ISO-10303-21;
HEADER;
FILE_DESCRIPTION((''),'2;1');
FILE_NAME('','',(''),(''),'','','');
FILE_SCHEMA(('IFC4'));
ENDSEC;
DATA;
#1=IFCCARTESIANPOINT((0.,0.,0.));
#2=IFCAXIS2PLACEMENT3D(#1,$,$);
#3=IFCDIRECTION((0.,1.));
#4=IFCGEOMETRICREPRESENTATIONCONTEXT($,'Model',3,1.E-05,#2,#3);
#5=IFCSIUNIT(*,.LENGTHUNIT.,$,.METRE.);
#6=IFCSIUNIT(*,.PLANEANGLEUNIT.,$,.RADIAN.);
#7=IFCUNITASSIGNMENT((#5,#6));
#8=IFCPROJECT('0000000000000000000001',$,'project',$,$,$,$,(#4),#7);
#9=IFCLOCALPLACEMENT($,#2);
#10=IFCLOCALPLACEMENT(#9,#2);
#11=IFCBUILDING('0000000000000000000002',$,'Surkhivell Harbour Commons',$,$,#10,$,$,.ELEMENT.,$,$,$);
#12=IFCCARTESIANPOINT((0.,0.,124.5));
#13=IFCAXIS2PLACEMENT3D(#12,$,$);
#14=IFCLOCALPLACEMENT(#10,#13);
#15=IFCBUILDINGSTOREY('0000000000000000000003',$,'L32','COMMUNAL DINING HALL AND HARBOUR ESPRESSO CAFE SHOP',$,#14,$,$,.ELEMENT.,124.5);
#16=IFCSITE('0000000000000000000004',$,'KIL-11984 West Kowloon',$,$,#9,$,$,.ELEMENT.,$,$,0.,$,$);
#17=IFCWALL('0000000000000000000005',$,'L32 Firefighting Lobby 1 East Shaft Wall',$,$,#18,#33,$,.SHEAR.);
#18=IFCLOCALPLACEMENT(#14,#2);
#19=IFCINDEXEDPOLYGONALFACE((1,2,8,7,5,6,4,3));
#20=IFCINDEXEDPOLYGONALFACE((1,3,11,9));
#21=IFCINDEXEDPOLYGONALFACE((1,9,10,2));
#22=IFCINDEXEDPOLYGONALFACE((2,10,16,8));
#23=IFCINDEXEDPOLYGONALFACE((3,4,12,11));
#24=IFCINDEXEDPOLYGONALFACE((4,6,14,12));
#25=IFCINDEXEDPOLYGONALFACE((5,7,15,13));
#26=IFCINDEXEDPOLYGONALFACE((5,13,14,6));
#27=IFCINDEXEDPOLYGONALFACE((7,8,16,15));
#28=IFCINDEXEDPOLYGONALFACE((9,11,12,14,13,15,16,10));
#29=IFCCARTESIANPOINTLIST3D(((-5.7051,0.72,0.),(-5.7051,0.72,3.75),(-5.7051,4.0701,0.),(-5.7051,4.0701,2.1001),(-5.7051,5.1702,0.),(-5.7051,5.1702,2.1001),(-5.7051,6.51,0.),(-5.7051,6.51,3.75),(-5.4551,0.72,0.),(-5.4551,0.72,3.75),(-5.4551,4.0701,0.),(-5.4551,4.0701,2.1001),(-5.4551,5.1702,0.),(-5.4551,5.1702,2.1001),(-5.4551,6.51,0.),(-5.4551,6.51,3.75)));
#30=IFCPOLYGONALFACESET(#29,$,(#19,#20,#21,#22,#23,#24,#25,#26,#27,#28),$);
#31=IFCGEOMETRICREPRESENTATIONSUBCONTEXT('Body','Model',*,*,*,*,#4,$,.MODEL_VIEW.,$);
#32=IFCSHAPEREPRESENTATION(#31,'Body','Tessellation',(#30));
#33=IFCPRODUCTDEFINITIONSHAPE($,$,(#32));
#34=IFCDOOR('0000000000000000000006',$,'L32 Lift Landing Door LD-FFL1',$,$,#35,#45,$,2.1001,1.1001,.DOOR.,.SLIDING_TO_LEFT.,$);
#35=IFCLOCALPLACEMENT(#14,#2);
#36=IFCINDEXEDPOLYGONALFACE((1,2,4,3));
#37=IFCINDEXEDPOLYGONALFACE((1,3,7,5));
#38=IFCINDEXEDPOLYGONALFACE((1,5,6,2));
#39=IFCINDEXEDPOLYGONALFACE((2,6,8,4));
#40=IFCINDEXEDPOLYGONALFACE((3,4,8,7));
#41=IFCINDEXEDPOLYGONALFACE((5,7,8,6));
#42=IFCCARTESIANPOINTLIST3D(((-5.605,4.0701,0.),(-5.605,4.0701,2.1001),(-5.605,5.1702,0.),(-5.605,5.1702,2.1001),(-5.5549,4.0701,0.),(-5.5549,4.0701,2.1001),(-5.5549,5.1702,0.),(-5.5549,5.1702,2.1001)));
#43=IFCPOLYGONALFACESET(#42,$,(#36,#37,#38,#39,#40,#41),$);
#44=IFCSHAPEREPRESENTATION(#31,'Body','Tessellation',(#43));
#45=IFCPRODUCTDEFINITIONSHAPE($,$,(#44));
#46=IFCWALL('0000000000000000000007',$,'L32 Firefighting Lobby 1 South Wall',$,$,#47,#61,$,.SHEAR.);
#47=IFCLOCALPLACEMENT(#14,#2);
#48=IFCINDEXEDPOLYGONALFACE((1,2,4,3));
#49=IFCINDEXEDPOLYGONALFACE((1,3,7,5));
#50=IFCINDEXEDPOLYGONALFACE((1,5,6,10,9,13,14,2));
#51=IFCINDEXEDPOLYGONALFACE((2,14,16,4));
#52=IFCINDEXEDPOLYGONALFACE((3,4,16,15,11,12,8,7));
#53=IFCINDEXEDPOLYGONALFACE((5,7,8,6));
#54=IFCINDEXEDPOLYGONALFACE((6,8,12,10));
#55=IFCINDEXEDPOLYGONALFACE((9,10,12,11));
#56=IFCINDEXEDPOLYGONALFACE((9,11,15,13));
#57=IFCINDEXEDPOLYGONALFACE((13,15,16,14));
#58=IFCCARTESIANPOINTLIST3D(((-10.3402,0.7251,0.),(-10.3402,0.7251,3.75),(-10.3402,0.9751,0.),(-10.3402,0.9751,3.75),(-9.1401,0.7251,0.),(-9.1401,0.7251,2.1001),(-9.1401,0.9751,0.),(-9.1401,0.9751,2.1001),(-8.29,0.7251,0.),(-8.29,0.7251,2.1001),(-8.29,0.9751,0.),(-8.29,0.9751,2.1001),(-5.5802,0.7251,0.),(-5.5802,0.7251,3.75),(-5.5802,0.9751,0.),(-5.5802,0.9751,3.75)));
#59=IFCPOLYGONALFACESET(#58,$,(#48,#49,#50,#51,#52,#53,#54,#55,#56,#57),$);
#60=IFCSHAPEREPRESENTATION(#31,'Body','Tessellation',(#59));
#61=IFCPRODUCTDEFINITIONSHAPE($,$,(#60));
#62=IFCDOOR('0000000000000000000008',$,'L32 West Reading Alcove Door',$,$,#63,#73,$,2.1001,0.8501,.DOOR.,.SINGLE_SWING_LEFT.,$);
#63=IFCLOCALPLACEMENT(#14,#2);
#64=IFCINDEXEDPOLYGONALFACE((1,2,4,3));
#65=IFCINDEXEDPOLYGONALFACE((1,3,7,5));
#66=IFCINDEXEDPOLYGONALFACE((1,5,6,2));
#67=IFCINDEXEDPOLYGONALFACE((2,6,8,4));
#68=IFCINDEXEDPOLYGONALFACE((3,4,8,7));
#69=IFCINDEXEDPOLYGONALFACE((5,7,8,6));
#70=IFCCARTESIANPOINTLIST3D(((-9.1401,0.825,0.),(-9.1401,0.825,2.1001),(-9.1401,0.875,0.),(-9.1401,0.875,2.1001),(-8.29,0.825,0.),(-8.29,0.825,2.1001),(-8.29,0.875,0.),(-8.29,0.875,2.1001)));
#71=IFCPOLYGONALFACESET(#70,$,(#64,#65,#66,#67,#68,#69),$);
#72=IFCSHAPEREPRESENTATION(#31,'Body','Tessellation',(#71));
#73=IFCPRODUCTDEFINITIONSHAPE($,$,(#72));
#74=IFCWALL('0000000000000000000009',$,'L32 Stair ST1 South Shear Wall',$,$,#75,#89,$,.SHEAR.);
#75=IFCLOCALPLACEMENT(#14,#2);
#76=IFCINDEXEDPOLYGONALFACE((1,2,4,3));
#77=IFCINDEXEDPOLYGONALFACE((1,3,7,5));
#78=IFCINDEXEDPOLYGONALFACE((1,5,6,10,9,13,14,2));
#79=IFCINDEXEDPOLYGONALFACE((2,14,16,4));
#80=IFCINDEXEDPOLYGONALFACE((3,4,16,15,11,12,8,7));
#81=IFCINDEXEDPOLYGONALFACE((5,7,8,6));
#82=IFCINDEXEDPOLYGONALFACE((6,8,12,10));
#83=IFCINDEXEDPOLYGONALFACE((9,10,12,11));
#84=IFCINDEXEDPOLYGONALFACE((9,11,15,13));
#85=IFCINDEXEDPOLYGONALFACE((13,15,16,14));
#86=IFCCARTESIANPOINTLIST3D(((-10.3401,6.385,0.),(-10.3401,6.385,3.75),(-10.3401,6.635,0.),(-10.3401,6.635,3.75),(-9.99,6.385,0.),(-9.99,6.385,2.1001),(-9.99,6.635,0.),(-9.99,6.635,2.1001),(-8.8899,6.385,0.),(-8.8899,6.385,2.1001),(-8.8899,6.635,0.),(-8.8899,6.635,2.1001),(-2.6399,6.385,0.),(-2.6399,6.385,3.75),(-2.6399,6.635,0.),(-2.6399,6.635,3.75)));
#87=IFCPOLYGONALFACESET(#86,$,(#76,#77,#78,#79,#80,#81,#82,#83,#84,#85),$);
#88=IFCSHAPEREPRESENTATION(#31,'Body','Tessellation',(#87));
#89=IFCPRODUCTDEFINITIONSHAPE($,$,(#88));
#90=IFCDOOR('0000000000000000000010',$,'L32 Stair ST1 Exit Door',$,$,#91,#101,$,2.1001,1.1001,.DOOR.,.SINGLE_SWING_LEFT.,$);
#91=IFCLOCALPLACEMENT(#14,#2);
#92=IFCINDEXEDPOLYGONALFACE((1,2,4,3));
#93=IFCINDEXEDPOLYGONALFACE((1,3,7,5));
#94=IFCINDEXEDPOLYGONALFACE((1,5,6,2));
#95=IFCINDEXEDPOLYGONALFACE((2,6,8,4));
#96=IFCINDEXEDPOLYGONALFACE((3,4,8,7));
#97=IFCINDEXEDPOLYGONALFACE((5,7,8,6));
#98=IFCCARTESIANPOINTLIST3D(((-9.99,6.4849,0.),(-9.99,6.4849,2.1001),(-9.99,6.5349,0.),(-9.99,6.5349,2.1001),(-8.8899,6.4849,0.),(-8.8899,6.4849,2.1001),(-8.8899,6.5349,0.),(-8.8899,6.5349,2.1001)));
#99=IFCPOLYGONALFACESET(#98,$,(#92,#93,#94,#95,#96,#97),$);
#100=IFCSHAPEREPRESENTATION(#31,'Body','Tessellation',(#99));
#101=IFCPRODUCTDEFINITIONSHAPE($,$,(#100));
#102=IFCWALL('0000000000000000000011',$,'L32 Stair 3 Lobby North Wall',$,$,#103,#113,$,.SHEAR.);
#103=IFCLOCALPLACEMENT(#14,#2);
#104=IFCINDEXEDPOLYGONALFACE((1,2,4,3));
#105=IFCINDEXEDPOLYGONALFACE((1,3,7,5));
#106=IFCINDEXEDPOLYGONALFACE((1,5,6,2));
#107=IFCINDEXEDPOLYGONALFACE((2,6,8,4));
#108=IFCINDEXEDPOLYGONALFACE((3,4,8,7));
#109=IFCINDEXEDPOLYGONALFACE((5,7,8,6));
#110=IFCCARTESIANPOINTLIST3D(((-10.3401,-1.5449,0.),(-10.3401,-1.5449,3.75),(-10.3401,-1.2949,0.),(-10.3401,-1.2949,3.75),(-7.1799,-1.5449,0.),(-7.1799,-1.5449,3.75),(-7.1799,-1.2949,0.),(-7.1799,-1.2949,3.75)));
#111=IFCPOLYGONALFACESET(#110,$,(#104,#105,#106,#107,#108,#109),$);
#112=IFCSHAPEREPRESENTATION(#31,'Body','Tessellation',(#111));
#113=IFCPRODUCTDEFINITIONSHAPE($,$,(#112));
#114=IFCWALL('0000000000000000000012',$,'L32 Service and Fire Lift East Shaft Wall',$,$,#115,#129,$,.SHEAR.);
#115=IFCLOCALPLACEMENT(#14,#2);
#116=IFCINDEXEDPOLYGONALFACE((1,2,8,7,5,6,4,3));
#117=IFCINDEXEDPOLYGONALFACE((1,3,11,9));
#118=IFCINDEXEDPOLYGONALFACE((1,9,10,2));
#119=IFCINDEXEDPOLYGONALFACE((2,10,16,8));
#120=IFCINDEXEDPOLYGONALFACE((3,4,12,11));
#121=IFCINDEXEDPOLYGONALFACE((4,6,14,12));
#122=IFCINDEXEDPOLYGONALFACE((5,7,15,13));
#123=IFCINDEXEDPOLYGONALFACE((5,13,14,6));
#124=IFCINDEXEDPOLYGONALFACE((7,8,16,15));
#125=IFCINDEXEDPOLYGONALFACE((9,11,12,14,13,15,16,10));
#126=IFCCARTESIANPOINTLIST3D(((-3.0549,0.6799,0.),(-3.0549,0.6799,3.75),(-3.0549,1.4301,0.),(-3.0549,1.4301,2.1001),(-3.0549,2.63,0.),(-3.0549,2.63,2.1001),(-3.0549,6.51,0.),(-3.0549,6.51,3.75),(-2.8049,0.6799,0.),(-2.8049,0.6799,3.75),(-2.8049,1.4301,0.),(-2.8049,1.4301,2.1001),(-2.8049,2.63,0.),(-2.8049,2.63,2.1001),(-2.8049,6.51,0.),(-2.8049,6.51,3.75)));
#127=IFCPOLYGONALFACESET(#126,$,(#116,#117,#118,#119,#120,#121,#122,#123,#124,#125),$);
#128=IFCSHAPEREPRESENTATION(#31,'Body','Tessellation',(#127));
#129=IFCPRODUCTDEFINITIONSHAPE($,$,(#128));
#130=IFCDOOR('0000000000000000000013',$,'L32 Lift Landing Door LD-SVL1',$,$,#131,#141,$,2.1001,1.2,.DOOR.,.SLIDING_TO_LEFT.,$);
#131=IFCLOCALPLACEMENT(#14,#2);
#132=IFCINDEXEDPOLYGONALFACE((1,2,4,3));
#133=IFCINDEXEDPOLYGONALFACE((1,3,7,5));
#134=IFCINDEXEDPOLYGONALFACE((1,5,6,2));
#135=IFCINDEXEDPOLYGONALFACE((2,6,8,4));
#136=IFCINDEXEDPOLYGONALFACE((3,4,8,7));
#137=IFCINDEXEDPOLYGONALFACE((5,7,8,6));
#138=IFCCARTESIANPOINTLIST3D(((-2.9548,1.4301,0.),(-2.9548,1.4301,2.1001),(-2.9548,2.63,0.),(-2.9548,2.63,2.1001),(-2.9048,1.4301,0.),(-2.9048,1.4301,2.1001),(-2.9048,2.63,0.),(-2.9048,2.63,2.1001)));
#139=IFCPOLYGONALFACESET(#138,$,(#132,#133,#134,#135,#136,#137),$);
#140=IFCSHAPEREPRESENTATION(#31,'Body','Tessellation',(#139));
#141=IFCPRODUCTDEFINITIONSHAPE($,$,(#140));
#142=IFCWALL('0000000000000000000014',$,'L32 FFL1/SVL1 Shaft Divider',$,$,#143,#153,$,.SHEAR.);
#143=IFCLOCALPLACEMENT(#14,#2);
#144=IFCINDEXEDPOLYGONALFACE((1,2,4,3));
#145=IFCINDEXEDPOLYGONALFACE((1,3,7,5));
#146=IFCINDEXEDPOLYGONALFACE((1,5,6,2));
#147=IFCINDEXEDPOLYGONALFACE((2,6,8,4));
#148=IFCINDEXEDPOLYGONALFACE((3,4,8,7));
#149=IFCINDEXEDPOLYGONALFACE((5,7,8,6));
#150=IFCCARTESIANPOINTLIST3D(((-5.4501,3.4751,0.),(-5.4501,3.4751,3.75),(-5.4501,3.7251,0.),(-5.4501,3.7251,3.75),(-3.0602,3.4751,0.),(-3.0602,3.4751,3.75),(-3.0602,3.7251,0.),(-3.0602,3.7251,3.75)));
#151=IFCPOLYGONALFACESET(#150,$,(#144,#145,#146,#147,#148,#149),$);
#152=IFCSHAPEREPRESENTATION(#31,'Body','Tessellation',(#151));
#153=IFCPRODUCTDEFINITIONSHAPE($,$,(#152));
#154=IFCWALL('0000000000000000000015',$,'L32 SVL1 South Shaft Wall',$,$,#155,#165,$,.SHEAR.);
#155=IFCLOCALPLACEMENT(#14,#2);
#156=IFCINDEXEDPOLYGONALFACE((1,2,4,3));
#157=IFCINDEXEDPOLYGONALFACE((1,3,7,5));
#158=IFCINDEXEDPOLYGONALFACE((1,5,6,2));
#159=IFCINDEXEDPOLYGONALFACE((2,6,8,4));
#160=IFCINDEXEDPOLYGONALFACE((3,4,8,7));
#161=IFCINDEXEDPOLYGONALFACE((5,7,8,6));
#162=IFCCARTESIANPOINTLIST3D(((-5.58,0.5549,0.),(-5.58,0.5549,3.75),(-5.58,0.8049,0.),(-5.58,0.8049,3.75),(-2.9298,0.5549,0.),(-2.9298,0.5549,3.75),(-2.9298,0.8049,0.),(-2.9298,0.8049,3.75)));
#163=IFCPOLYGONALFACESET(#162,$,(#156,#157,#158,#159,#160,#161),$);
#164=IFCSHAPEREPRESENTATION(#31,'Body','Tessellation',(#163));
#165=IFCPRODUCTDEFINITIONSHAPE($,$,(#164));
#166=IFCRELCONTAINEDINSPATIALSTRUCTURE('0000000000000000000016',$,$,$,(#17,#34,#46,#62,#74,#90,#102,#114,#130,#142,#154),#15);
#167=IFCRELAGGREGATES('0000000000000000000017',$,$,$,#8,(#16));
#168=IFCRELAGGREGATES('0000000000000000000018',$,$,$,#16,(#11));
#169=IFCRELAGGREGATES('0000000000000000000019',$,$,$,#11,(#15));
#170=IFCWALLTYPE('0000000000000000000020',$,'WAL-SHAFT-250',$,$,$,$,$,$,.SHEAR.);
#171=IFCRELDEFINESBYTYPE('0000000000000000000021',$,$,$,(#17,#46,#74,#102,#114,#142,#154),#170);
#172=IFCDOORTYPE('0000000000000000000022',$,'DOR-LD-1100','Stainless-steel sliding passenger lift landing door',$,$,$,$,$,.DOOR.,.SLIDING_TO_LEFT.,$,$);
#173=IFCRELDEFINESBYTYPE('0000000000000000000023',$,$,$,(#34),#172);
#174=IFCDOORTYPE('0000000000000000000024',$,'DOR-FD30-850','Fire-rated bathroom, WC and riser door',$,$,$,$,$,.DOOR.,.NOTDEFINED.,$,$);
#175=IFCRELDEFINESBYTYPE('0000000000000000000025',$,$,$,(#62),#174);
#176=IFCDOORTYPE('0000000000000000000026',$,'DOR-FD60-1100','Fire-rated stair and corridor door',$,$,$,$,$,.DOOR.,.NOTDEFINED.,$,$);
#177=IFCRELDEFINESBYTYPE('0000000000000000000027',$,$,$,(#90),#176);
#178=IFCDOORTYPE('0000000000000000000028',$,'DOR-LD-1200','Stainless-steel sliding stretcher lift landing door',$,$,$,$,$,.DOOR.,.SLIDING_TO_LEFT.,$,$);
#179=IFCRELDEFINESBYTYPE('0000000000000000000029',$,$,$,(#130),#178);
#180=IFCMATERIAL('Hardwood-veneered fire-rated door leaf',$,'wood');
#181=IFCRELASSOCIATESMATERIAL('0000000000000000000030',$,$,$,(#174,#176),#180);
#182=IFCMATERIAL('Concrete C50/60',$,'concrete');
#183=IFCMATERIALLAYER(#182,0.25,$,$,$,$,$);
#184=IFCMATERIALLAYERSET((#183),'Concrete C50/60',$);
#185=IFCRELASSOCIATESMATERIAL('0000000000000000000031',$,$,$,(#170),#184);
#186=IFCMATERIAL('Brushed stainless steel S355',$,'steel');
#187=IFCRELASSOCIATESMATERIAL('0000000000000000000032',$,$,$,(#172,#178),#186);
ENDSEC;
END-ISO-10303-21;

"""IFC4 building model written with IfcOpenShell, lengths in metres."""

from ifc_helpers import new_model, si_unit, direction, frame, frame_2d, origin, place, context, subcontext, project, spatial, rectangle, extrude, material, layer, layer_set, type_object, element, fill, save


model = new_model("IFC4")

# Units and contexts
model_context = context("Model", 3, precision=1e-05, world=origin(), true_north=direction((0.0, 1.0)))
body_context = subcontext(model_context, "Body", "Model", "MODEL_VIEW")
ifc_project = project(units=[si_unit("LENGTHUNIT", "METRE"), si_unit("PLANEANGLEUNIT", "RADIAN")], contexts=[model_context])

# Site, building, storey
site_placement = place(None, origin())
site = spatial("IfcSite", under=ifc_project, at=site_placement, Name="KIL-11984 West Kowloon", CompositionType="ELEMENT", RefElevation=0.0)
building_placement = place(site_placement, origin())
building = spatial("IfcBuilding", under=site, at=building_placement, Name="Surkhivell Harbour Commons", CompositionType="ELEMENT")
storey_placement = place(building_placement, frame((0.0, 0.0, 124.5)))
storey = spatial("IfcBuildingStorey", under=building, at=storey_placement, Name="L32", Description="COMMUNAL DINING HALL AND HARBOUR ESPRESSO CAFE SHOP", CompositionType="ELEMENT", Elevation=124.5)

# Shared definitions
ifc_material_1 = material(Name="Hardwood-veneered fire-rated door leaf", Category="wood")

# Shared definitions
door_type_1 = type_object("IfcDoorType", Name="DOR-FD30-850", Description="Fire-rated bathroom, WC and riser door", OperationType="NOTDEFINED", PredefinedType="DOOR", material=ifc_material_1)

# Walls, openings, doors
ifc_material_2 = material(Name="Concrete C50/60", Category="concrete")
ifc_layer_1 = layer(ifc_material_2, 0.25)
ifc_layer_set_1 = layer_set([ifc_layer_1], Name="Concrete C50/60")
wall_type_1 = type_object("IfcWallType", Name="WAL-SHAFT-250", PredefinedType="SHEAR", material=ifc_layer_set_1)
wall_1_placement = place(storey_placement, frame((-5.5801, 0.72, 0.0), z_axis=(0.0, 0.0, 1.0), x_axis=(0.0, 1.0, 0.0)))
wall_1 = element("IfcWall", 1, at=wall_1_placement, inside=storey, type_object=wall_type_1, Name="L32 Firefighting Lobby 1 East Shaft Wall", PredefinedType="SHEAR", context=body_context, shape_type="SweptSolid", body=[
    extrude(rectangle(XDim=5.79, YDim=0.25, at=frame_2d((2.895, 0.0))), origin(), (0.0, 0.0, 1.0), 3.75),
])
opening_1_placement = place(wall_1_placement, frame((3.3501, 0.0, 0.0)))
opening_1 = element("IfcOpeningElement", 2, at=opening_1_placement, cuts=wall_1, PredefinedType="OPENING", context=body_context, shape_type="SweptSolid", body=[
    extrude(rectangle(XDim=1.1001, YDim=2.1001, at=frame_2d((0.55, 1.05))), frame((0.0, 0.135, 0.0), z_axis=(0.0, -1.0, 0.0), x_axis=(1.0, 0.0, 0.0)), (0.0, 0.0, 1.0), 0.27),
])
ifc_material_3 = material(Name="Brushed stainless steel S355", Category="steel")
door_type_2 = type_object("IfcDoorType", Name="DOR-LD-1100", Description="Stainless-steel sliding passenger lift landing door", OperationType="SLIDING_TO_LEFT", PredefinedType="DOOR", material=ifc_material_3)
door_1_placement = place(opening_1_placement, origin())
door_1 = element("IfcDoor", 3, at=door_1_placement, inside=storey, type_object=door_type_2, Name="L32 Lift Landing Door LD-FFL1", OperationType="SLIDING_TO_LEFT", OverallHeight=2.1001, OverallWidth=1.1001, PredefinedType="DOOR", context=body_context, shape_type="SweptSolid", body=[
    extrude(rectangle(XDim=1.1001, YDim=2.1001, at=frame_2d((0.55, 1.05))), frame((0.0, 0.0249, 0.0), z_axis=(0.0, -1.0, 0.0), x_axis=(1.0, 0.0, 0.0)), (0.0, 0.0, 1.0), 0.05),
])
fill(opening_1, door_1)
wall_2_placement = place(storey_placement, frame((-10.3401, 0.8501, 0.0), z_axis=(0.0, 0.0, 1.0), x_axis=(1.0, 0.0, 0.0)))
wall_2 = element("IfcWall", 4, at=wall_2_placement, inside=storey, type_object=wall_type_1, Name="L32 Firefighting Lobby 1 South Wall", PredefinedType="SHEAR", context=body_context, shape_type="SweptSolid", body=[
    extrude(rectangle(XDim=4.76, YDim=0.25, at=frame_2d((2.3799, 0.0))), origin(), (0.0, 0.0, 1.0), 3.75),
])
opening_2_placement = place(wall_2_placement, frame((1.2, 0.0, 0.0)))
opening_2 = element("IfcOpeningElement", 5, at=opening_2_placement, cuts=wall_2, PredefinedType="OPENING", context=body_context, shape_type="SweptSolid", body=[
    extrude(rectangle(XDim=0.8501, YDim=2.1001, at=frame_2d((0.425, 1.05))), frame((0.0, 0.135, 0.0), z_axis=(0.0, -1.0, 0.0), x_axis=(1.0, 0.0, 0.0)), (0.0, 0.0, 1.0), 0.27),
])
door_2_placement = place(opening_2_placement, origin())
door_2 = element("IfcDoor", 6, at=door_2_placement, inside=storey, type_object=door_type_1, Name="L32 West Reading Alcove Door", OperationType="SINGLE_SWING_LEFT", OverallHeight=2.1001, OverallWidth=0.8501, PredefinedType="DOOR", context=body_context, shape_type="SweptSolid", body=[
    extrude(rectangle(XDim=0.8501, YDim=2.1001, at=frame_2d((0.425, 1.05))), frame((0.0, 0.0249, 0.0), z_axis=(0.0, -1.0, 0.0), x_axis=(1.0, 0.0, 0.0)), (0.0, 0.0, 1.0), 0.05),
])
fill(opening_2, door_2)
wall_3_placement = place(storey_placement, frame((-10.3401, 6.51, 0.0), z_axis=(0.0, 0.0, 1.0), x_axis=(1.0, 0.0, 0.0)))
wall_3 = element("IfcWall", 7, at=wall_3_placement, inside=storey, type_object=wall_type_1, Name="L32 Stair ST1 South Shear Wall", PredefinedType="SHEAR", context=body_context, shape_type="SweptSolid", body=[
    extrude(rectangle(XDim=7.7002, YDim=0.25, at=frame_2d((3.8501, 0.0))), origin(), (0.0, 0.0, 1.0), 3.75),
])
opening_3_placement = place(wall_3_placement, frame((0.3501, 0.0, 0.0)))
opening_3 = element("IfcOpeningElement", 8, at=opening_3_placement, cuts=wall_3, PredefinedType="OPENING", context=body_context, shape_type="SweptSolid", body=[
    extrude(rectangle(XDim=1.1001, YDim=2.1001, at=frame_2d((0.55, 1.05))), frame((0.0, 0.135, 0.0), z_axis=(0.0, -1.0, 0.0), x_axis=(1.0, 0.0, 0.0)), (0.0, 0.0, 1.0), 0.27),
])
door_type_3 = type_object("IfcDoorType", Name="DOR-FD60-1100", Description="Fire-rated stair and corridor door", OperationType="NOTDEFINED", PredefinedType="DOOR", material=ifc_material_1)
door_3_placement = place(opening_3_placement, origin())
door_3 = element("IfcDoor", 9, at=door_3_placement, inside=storey, type_object=door_type_3, Name="L32 Stair ST1 Exit Door", OperationType="SINGLE_SWING_LEFT", OverallHeight=2.1001, OverallWidth=1.1001, PredefinedType="DOOR", context=body_context, shape_type="SweptSolid", body=[
    extrude(rectangle(XDim=1.1001, YDim=2.1001, at=frame_2d((0.55, 1.05))), frame((0.0, 0.0249, 0.0), z_axis=(0.0, -1.0, 0.0), x_axis=(1.0, 0.0, 0.0)), (0.0, 0.0, 1.0), 0.05),
])
fill(opening_3, door_3)

# Wall
wall_4_placement = place(storey_placement, frame((-10.3401, -1.4199, 0.0), z_axis=(0.0, 0.0, 1.0), x_axis=(1.0, 0.0, 0.0)))
element("IfcWall", 10, at=wall_4_placement, inside=storey, type_object=wall_type_1, Name="L32 Stair 3 Lobby North Wall", PredefinedType="SHEAR", context=body_context, shape_type="SweptSolid", body=[
    extrude(rectangle(XDim=3.1602, YDim=0.25, at=frame_2d((1.5801, 0.0))), origin(), (0.0, 0.0, 1.0), 3.75),
])

# Wall, opening, door
wall_5_placement = place(storey_placement, frame((-2.9299, 0.6799, 0.0), z_axis=(0.0, 0.0, 1.0), x_axis=(0.0, 1.0, 0.0)))
wall_5 = element("IfcWall", 11, at=wall_5_placement, inside=storey, type_object=wall_type_1, Name="L32 Service and Fire Lift East Shaft Wall", PredefinedType="SHEAR", context=body_context, shape_type="SweptSolid", body=[
    extrude(rectangle(XDim=5.8301, YDim=0.25, at=frame_2d((2.915, 0.0))), origin(), (0.0, 0.0, 1.0), 3.75),
])
opening_4_placement = place(wall_5_placement, frame((0.75, 0.0, 0.0)))
opening_4 = element("IfcOpeningElement", 12, at=opening_4_placement, cuts=wall_5, PredefinedType="OPENING", context=body_context, shape_type="SweptSolid", body=[
    extrude(rectangle(XDim=1.2, YDim=2.1001, at=frame_2d((0.6001, 1.05))), frame((0.0, 0.135, 0.0), z_axis=(0.0, -1.0, 0.0), x_axis=(1.0, 0.0, 0.0)), (0.0, 0.0, 1.0), 0.27),
])
door_type_4 = type_object("IfcDoorType", Name="DOR-LD-1200", Description="Stainless-steel sliding stretcher lift landing door", OperationType="SLIDING_TO_LEFT", PredefinedType="DOOR", material=ifc_material_3)
door_4_placement = place(opening_4_placement, origin())
door_4 = element("IfcDoor", 13, at=door_4_placement, inside=storey, type_object=door_type_4, Name="L32 Lift Landing Door LD-SVL1", OperationType="SLIDING_TO_LEFT", OverallHeight=2.1001, OverallWidth=1.2, PredefinedType="DOOR", context=body_context, shape_type="SweptSolid", body=[
    extrude(rectangle(XDim=1.2, YDim=2.1001, at=frame_2d((0.6001, 1.05))), frame((0.0, 0.0249, 0.0), z_axis=(0.0, -1.0, 0.0), x_axis=(1.0, 0.0, 0.0)), (0.0, 0.0, 1.0), 0.05),
])
fill(opening_4, door_4)

# Walls
wall_6_placement = place(storey_placement, frame((-5.45, 3.6001, 0.0), z_axis=(0.0, 0.0, 1.0), x_axis=(1.0, 0.0, 0.0)))
element("IfcWall", 14, at=wall_6_placement, inside=storey, type_object=wall_type_1, Name="L32 FFL1/SVL1 Shaft Divider", PredefinedType="SHEAR", context=body_context, shape_type="SweptSolid", body=[
    extrude(rectangle(XDim=2.3899, YDim=0.25, at=frame_2d((1.1948, 0.0))), origin(), (0.0, 0.0, 1.0), 3.75),
])
wall_7_placement = place(storey_placement, frame((-5.5801, 0.6799, 0.0), z_axis=(0.0, 0.0, 1.0), x_axis=(1.0, 0.0, 0.0)))
element("IfcWall", 15, at=wall_7_placement, inside=storey, type_object=wall_type_1, Name="L32 SVL1 South Shaft Wall", PredefinedType="SHEAR", context=body_context, shape_type="SweptSolid", body=[
    extrude(rectangle(XDim=2.6501, YDim=0.25, at=frame_2d((1.3252, 0.0))), origin(), (0.0, 0.0, 1.0), 3.75),
])

save(model, "model.ifc")
